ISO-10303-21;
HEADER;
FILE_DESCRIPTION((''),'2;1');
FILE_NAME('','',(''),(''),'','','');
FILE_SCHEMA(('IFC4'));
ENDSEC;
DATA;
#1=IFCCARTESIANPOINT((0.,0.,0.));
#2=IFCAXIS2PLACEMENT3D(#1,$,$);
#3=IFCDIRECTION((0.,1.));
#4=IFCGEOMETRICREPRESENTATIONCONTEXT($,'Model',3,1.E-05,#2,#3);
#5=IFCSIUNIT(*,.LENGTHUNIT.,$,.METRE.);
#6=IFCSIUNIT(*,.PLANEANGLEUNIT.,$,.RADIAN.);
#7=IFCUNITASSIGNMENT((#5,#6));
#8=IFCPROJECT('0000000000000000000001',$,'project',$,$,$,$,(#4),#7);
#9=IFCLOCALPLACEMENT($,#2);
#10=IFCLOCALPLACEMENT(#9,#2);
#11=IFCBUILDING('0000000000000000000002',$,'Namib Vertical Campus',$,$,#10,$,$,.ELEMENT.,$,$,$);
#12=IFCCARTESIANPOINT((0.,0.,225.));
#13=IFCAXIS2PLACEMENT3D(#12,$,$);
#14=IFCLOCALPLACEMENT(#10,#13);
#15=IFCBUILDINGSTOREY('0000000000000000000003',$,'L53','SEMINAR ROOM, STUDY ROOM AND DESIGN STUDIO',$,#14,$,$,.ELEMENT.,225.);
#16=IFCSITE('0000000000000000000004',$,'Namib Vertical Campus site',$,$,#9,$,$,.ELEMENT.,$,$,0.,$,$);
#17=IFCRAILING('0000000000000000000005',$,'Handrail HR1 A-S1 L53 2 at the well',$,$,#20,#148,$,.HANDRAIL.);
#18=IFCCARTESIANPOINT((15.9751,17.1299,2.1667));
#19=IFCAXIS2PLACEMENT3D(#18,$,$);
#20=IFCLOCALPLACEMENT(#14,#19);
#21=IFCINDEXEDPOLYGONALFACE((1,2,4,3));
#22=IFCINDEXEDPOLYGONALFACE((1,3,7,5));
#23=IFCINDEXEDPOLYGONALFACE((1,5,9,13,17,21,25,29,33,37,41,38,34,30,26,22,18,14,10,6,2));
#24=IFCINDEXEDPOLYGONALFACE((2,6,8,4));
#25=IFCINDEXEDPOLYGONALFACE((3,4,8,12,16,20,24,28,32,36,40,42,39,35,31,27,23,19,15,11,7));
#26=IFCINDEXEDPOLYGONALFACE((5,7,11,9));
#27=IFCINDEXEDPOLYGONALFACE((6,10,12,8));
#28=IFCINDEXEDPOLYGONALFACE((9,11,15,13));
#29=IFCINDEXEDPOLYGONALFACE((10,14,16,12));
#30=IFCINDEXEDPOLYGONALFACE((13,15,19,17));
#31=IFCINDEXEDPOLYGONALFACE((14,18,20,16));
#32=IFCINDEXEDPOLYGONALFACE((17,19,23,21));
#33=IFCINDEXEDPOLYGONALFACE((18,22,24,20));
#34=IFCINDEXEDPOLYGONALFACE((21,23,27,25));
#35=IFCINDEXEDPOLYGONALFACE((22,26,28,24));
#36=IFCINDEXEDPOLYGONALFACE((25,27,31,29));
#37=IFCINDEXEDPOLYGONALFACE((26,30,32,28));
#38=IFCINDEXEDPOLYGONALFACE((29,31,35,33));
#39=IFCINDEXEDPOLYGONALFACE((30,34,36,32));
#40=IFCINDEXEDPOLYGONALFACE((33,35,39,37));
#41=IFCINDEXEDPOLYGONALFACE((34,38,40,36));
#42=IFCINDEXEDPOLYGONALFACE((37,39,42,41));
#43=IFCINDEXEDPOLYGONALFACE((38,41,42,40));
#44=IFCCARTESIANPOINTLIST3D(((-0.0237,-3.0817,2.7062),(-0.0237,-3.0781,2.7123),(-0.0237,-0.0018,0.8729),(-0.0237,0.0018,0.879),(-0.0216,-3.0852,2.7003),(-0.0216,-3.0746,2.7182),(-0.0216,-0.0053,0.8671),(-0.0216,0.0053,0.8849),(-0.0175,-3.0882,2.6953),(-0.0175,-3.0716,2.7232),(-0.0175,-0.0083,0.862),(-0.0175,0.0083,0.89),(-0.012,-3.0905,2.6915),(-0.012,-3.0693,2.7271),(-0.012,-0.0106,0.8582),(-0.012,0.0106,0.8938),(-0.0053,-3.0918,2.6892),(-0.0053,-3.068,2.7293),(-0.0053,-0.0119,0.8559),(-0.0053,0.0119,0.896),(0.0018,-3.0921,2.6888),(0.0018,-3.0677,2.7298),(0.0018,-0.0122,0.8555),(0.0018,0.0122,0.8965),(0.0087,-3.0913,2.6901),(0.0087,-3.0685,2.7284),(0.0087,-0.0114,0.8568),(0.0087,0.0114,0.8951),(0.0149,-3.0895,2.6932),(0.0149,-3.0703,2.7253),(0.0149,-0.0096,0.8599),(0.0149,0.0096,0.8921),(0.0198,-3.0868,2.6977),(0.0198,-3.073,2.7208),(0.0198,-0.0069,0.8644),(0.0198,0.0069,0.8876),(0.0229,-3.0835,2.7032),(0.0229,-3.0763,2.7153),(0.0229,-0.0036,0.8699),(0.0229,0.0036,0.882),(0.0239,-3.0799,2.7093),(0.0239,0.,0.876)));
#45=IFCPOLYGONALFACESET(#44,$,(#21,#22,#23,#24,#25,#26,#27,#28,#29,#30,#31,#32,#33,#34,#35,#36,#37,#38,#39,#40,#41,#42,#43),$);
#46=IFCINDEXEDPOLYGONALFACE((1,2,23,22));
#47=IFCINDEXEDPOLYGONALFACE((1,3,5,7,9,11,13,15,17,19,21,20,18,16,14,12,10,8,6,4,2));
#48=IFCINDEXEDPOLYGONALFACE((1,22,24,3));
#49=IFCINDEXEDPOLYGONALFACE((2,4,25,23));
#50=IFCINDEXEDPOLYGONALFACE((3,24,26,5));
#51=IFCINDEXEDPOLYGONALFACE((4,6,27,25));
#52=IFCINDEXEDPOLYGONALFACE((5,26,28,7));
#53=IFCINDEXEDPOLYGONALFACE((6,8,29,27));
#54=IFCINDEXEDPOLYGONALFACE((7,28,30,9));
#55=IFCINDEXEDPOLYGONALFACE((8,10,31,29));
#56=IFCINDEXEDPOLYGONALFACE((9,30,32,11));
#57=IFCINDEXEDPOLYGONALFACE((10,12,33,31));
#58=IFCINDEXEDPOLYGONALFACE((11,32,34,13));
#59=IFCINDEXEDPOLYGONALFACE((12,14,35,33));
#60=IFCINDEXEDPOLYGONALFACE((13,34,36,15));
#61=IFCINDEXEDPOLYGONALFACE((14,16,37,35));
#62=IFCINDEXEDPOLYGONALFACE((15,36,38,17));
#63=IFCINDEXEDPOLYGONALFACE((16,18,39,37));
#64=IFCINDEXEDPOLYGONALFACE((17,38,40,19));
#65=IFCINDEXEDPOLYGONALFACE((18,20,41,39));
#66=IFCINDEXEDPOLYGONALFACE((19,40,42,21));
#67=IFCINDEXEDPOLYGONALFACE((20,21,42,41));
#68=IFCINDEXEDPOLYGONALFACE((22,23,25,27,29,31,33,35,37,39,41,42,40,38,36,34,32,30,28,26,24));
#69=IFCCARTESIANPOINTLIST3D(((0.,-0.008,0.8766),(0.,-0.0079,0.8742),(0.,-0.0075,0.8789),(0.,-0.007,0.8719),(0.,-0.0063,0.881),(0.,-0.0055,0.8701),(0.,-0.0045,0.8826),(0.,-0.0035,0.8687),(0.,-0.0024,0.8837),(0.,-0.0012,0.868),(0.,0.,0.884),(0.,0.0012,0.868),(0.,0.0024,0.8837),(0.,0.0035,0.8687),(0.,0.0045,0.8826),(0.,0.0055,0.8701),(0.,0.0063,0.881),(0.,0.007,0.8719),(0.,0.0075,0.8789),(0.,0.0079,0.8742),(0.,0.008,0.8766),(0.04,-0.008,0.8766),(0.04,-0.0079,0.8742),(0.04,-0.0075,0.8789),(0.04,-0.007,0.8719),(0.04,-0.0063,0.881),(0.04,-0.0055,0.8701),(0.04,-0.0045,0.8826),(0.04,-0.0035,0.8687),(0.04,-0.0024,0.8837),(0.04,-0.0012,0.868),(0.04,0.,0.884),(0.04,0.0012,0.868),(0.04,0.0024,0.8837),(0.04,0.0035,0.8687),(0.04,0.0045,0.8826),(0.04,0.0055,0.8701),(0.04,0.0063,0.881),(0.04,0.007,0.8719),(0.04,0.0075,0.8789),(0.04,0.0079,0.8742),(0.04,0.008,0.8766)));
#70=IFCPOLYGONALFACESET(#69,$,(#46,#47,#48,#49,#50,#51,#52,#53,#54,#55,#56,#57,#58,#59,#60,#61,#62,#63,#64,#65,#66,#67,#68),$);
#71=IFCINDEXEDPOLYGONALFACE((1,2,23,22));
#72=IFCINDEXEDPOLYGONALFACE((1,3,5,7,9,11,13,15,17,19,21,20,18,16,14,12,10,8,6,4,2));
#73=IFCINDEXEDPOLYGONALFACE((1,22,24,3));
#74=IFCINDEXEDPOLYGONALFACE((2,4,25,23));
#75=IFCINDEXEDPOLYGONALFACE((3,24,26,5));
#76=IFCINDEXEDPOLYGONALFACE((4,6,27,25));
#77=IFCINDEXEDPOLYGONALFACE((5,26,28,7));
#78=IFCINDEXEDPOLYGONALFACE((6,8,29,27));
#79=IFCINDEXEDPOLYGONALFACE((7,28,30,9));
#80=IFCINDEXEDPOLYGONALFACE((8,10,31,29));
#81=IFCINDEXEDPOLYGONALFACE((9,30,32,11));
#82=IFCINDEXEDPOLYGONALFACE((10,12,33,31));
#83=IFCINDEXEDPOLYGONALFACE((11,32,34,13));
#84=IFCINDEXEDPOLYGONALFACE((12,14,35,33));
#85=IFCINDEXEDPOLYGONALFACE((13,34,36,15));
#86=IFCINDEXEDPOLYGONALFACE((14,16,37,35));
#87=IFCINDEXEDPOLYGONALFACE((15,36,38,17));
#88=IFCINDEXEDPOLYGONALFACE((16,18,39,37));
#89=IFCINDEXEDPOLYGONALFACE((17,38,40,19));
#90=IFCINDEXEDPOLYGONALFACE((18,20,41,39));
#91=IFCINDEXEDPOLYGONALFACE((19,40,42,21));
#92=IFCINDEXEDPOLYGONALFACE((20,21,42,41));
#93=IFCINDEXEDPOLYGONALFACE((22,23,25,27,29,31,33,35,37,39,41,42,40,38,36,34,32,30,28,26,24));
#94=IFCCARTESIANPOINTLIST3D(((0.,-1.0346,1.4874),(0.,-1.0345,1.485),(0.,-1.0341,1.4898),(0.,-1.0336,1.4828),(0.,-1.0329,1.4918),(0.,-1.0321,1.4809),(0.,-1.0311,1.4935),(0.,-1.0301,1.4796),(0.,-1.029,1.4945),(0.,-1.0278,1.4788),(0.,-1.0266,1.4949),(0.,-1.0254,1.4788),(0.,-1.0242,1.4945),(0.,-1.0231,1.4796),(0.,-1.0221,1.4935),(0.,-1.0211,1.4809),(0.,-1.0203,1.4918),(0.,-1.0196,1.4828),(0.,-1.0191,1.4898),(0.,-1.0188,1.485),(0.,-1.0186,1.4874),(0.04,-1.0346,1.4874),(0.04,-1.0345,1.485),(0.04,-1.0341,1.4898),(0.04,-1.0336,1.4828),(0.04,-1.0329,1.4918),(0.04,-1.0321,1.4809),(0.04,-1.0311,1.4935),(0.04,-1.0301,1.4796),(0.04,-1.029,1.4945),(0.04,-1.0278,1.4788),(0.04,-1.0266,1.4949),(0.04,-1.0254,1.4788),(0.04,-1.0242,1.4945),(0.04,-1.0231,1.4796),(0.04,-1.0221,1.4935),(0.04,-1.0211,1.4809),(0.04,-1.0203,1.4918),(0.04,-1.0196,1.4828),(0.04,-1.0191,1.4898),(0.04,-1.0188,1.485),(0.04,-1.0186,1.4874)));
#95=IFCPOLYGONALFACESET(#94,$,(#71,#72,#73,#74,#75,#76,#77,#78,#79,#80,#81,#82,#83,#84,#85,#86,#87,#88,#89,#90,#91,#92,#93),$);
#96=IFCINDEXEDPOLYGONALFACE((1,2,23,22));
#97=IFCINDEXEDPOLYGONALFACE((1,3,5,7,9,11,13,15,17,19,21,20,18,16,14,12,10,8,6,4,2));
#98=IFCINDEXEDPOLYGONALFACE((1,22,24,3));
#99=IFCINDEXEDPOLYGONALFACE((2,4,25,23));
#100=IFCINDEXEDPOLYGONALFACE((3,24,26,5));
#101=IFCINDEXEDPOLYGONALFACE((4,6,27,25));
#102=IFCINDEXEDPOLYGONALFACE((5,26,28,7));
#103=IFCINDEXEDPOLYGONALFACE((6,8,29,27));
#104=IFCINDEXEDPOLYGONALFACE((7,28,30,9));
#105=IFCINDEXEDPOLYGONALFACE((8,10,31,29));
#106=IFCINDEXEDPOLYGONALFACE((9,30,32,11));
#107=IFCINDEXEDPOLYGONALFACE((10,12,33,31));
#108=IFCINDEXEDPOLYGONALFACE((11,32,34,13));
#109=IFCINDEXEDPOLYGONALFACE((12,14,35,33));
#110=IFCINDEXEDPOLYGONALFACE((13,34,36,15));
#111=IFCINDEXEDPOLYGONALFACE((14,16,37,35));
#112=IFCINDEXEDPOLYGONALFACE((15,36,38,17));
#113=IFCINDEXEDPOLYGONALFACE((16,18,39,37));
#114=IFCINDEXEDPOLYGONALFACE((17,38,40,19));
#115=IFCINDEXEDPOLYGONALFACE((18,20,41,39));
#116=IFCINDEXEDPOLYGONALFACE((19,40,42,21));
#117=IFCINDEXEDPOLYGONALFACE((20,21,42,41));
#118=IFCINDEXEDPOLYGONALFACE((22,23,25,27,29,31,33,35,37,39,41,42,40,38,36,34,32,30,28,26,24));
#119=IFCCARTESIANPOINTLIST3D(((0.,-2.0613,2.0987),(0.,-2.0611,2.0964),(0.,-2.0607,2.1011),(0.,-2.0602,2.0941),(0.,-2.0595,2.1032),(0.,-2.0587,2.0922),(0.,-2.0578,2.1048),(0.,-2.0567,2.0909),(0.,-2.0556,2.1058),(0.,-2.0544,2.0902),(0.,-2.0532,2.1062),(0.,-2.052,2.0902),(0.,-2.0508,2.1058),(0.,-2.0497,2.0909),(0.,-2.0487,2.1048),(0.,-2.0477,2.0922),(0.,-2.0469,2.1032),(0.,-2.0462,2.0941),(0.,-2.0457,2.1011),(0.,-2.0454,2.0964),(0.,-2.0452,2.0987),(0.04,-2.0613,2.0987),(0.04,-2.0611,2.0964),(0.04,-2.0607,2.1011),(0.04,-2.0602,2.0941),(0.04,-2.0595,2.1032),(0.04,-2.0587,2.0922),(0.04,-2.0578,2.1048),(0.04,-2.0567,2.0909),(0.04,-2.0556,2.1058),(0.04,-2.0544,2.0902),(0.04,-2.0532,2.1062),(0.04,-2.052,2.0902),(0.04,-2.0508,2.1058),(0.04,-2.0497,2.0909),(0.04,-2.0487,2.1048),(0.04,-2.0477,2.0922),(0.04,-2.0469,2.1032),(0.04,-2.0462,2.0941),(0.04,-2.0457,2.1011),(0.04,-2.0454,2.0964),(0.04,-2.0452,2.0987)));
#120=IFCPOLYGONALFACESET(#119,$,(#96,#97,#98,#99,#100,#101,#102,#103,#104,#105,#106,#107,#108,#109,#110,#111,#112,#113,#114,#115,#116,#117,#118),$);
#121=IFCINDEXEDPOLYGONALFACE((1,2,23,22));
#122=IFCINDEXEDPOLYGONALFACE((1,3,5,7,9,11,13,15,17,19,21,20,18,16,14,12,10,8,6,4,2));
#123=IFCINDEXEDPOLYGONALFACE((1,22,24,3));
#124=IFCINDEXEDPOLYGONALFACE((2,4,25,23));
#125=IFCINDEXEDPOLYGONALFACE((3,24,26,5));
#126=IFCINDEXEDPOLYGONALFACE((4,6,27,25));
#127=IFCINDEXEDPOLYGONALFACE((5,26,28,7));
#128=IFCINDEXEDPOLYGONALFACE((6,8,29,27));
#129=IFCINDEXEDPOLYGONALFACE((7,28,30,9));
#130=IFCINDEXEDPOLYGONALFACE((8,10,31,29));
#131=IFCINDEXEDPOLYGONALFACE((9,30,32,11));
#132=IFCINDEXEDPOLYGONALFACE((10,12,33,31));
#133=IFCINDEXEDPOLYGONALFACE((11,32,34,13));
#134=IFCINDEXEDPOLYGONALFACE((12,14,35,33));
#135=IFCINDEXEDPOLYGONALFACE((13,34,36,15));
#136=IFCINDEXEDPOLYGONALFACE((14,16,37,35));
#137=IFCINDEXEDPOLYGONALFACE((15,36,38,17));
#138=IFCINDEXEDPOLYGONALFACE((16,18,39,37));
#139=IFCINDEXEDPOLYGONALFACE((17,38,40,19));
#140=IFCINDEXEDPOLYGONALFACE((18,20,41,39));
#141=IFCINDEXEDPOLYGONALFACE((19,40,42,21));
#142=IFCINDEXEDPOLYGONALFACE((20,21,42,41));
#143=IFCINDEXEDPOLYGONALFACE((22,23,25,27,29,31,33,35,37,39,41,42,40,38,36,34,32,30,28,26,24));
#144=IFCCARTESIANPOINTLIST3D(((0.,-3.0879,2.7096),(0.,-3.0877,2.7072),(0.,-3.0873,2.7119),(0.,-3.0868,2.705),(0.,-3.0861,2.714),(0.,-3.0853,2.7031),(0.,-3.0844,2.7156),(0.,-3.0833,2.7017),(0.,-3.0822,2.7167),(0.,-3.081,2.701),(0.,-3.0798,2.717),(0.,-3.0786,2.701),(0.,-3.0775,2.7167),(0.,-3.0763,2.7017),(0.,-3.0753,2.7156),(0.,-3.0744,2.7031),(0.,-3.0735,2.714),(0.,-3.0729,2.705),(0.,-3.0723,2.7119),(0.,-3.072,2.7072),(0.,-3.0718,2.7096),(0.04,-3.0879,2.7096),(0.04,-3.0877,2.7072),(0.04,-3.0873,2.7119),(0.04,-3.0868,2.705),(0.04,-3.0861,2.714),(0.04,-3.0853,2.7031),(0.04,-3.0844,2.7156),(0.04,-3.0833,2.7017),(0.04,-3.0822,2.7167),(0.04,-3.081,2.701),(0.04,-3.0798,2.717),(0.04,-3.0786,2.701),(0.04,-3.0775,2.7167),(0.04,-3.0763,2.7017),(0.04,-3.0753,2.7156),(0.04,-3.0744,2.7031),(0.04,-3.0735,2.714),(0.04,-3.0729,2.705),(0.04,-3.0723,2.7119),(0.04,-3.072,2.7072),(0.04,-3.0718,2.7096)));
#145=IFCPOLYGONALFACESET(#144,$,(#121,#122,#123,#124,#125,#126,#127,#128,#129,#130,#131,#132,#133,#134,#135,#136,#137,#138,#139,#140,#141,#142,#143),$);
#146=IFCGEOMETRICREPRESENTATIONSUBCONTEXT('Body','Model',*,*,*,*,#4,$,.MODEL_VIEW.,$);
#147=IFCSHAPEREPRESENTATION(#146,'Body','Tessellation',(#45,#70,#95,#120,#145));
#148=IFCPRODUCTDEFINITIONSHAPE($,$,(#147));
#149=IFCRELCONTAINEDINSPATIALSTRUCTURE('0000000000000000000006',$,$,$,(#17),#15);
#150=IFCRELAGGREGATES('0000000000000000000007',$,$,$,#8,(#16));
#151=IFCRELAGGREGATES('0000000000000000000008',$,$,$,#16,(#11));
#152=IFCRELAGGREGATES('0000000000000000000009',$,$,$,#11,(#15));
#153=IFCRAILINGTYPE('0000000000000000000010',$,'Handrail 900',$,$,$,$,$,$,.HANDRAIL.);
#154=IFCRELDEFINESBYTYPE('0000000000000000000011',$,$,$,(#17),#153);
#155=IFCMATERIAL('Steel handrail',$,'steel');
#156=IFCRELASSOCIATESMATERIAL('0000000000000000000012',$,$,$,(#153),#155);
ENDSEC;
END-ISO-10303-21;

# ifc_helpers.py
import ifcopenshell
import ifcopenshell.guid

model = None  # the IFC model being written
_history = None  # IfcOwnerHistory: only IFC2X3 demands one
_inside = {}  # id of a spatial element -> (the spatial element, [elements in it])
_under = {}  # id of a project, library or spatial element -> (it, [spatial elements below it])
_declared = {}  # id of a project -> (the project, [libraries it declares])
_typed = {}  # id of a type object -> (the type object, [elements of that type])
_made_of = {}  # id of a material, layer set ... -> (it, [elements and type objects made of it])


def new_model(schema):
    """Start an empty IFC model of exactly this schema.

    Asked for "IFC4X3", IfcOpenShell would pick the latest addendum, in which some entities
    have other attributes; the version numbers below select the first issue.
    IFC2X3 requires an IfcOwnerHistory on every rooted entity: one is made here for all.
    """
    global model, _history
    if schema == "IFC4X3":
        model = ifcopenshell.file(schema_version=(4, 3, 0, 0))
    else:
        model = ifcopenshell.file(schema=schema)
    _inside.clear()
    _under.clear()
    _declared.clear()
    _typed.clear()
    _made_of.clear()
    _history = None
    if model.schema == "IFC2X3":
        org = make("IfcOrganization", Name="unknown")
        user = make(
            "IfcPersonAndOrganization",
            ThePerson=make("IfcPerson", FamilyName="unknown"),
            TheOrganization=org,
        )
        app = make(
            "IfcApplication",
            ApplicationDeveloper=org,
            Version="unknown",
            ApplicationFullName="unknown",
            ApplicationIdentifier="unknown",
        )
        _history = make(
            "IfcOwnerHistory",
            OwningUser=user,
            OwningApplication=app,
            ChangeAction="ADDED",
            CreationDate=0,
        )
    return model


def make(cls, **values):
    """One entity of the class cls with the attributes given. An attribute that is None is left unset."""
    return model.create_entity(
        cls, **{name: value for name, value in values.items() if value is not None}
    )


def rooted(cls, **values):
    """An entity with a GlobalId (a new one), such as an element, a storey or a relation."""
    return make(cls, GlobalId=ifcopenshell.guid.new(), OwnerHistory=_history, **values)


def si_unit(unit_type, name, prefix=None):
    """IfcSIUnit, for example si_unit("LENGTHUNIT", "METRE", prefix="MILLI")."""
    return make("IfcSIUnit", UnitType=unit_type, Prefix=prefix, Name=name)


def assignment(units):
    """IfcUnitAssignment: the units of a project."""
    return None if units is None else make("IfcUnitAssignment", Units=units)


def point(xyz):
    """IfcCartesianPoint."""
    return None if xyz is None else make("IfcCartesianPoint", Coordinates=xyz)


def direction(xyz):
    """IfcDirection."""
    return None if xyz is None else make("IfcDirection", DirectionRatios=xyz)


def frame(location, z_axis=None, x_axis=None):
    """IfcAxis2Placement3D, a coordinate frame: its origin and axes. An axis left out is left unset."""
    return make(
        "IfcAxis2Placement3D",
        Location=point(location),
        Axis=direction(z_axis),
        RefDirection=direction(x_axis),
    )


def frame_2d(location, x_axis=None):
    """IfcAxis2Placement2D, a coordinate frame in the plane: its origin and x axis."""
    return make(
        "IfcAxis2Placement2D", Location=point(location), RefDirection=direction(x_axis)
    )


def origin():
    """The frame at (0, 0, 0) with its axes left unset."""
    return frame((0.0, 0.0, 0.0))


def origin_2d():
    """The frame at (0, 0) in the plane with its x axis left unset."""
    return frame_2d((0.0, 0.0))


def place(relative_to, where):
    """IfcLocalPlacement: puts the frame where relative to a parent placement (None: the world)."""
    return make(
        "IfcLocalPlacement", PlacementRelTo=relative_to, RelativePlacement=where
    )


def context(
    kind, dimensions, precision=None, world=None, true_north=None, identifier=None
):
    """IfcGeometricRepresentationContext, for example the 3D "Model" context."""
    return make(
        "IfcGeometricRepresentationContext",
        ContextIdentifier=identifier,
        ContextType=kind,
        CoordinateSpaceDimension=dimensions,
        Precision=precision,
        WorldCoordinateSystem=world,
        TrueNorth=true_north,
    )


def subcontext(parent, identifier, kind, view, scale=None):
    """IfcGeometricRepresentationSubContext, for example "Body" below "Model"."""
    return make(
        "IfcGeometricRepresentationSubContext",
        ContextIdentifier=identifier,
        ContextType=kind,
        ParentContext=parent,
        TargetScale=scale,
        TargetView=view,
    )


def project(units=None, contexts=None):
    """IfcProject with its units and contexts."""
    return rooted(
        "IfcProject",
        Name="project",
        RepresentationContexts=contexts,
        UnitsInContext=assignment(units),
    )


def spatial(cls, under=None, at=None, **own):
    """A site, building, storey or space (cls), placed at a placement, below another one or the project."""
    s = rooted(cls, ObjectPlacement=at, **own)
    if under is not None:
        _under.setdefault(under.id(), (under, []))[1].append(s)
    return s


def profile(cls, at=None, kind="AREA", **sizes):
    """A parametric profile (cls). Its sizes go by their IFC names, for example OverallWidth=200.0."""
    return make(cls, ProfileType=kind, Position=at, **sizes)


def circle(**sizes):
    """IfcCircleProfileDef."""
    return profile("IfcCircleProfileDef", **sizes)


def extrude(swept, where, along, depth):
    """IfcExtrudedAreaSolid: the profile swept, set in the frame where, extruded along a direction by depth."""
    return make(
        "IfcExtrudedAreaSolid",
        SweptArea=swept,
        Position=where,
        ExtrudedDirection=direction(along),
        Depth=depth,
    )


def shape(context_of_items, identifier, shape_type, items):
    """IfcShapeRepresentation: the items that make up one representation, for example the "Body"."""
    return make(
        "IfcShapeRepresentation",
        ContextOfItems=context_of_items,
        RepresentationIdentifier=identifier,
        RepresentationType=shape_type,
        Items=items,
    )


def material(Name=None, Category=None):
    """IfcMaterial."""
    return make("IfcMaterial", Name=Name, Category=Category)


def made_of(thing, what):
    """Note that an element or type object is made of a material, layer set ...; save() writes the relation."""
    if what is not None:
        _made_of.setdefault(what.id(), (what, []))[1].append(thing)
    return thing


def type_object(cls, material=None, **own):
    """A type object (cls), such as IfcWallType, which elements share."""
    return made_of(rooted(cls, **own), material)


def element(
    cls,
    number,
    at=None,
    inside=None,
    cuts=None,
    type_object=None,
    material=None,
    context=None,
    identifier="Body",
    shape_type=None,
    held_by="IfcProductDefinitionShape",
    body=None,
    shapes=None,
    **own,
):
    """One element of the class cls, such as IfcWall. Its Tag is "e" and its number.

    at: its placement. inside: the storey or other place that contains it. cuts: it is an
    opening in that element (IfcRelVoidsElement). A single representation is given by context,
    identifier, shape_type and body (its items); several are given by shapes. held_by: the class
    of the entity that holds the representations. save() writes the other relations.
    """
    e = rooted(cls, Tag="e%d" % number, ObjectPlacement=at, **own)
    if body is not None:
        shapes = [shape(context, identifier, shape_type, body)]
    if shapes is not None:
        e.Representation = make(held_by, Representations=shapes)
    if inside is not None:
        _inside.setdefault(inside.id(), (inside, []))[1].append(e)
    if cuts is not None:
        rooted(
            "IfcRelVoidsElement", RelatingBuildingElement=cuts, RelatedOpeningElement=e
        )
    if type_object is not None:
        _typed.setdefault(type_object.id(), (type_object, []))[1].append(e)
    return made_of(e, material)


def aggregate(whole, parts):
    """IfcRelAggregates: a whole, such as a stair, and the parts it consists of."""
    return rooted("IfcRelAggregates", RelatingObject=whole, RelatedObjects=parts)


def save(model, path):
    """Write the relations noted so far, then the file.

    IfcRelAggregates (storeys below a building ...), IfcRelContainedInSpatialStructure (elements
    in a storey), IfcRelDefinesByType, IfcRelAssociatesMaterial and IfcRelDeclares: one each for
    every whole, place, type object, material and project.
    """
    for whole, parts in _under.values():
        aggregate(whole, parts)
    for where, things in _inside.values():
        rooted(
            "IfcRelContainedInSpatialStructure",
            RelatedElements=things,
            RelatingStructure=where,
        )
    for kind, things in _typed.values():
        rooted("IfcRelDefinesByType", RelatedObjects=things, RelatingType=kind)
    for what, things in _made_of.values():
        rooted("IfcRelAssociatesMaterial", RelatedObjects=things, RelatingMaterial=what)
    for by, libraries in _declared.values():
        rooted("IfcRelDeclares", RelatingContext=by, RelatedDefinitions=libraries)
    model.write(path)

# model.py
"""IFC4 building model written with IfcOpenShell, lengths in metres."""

from ifc_helpers import new_model, si_unit, direction, frame, origin, origin_2d, place, context, subcontext, project, spatial, circle, extrude, material, type_object, element, save


model = new_model("IFC4")

# Units and contexts
model_context = context("Model", 3, precision=1e-05, world=origin(), true_north=direction((0.0, 1.0)))
body_context = subcontext(model_context, "Body", "Model", "MODEL_VIEW")
ifc_project = project(units=[si_unit("LENGTHUNIT", "METRE"), si_unit("PLANEANGLEUNIT", "RADIAN")], contexts=[model_context])

# Site, building, storey
site_placement = place(None, origin())
site = spatial("IfcSite", under=ifc_project, at=site_placement, Name="Namib Vertical Campus site", CompositionType="ELEMENT", RefElevation=0.0)
building_placement = place(site_placement, origin())
building = spatial("IfcBuilding", under=site, at=building_placement, Name="Namib Vertical Campus", CompositionType="ELEMENT")
storey_placement = place(building_placement, frame((0.0, 0.0, 225.0)))
storey = spatial("IfcBuildingStorey", under=building, at=storey_placement, Name="L53", Description="SEMINAR ROOM, STUDY ROOM AND DESIGN STUDIO", CompositionType="ELEMENT", Elevation=225.0)

# Railing
ifc_material_1 = material(Name="Steel handrail", Category="steel")
railing_type = type_object("IfcRailingType", Name="Handrail 900", PredefinedType="HANDRAIL", material=ifc_material_1)
railing_1_placement = place(storey_placement, frame((15.9751, 17.1299, 2.1667)))
element("IfcRailing", 1, at=railing_1_placement, inside=storey, type_object=railing_type, Name="Handrail HR1 A-S1 L53 2 at the well", PredefinedType="HANDRAIL", context=body_context, shape_type="SweptSolid", body=[
    extrude(circle(Radius=0.0239, at=origin_2d()), frame((0.0, 0.0, 0.876), z_axis=(0.0, -0.859291, 0.511487), x_axis=(1.0, 0.0, 0.0)), (0.0, 0.0, 1.0), 3.5842),
    extrude(circle(Radius=0.0081, at=origin_2d()), frame((0.0, 0.0, 0.876), z_axis=(1.0, 0.0, 0.0), x_axis=(0.0, 0.0, 1.0)), (0.0, 0.0, 1.0), 0.04),
    extrude(circle(Radius=0.0081, at=origin_2d()), frame((0.0, -1.0266, 1.4868), z_axis=(1.0, 0.0, 0.0), x_axis=(0.0, 0.0, 1.0)), (0.0, 0.0, 1.0), 0.04),
    extrude(circle(Radius=0.0081, at=origin_2d()), frame((0.0, -2.0532, 2.0981), z_axis=(1.0, 0.0, 0.0), x_axis=(0.0, 0.0, 1.0)), (0.0, 0.0, 1.0), 0.04),
    extrude(circle(Radius=0.0081, at=origin_2d()), frame((0.0, -3.0798, 2.709), z_axis=(1.0, 0.0, 0.0), x_axis=(0.0, 0.0, 1.0)), (0.0, 0.0, 1.0), 0.04),
])

save(model, "model.ifc")
